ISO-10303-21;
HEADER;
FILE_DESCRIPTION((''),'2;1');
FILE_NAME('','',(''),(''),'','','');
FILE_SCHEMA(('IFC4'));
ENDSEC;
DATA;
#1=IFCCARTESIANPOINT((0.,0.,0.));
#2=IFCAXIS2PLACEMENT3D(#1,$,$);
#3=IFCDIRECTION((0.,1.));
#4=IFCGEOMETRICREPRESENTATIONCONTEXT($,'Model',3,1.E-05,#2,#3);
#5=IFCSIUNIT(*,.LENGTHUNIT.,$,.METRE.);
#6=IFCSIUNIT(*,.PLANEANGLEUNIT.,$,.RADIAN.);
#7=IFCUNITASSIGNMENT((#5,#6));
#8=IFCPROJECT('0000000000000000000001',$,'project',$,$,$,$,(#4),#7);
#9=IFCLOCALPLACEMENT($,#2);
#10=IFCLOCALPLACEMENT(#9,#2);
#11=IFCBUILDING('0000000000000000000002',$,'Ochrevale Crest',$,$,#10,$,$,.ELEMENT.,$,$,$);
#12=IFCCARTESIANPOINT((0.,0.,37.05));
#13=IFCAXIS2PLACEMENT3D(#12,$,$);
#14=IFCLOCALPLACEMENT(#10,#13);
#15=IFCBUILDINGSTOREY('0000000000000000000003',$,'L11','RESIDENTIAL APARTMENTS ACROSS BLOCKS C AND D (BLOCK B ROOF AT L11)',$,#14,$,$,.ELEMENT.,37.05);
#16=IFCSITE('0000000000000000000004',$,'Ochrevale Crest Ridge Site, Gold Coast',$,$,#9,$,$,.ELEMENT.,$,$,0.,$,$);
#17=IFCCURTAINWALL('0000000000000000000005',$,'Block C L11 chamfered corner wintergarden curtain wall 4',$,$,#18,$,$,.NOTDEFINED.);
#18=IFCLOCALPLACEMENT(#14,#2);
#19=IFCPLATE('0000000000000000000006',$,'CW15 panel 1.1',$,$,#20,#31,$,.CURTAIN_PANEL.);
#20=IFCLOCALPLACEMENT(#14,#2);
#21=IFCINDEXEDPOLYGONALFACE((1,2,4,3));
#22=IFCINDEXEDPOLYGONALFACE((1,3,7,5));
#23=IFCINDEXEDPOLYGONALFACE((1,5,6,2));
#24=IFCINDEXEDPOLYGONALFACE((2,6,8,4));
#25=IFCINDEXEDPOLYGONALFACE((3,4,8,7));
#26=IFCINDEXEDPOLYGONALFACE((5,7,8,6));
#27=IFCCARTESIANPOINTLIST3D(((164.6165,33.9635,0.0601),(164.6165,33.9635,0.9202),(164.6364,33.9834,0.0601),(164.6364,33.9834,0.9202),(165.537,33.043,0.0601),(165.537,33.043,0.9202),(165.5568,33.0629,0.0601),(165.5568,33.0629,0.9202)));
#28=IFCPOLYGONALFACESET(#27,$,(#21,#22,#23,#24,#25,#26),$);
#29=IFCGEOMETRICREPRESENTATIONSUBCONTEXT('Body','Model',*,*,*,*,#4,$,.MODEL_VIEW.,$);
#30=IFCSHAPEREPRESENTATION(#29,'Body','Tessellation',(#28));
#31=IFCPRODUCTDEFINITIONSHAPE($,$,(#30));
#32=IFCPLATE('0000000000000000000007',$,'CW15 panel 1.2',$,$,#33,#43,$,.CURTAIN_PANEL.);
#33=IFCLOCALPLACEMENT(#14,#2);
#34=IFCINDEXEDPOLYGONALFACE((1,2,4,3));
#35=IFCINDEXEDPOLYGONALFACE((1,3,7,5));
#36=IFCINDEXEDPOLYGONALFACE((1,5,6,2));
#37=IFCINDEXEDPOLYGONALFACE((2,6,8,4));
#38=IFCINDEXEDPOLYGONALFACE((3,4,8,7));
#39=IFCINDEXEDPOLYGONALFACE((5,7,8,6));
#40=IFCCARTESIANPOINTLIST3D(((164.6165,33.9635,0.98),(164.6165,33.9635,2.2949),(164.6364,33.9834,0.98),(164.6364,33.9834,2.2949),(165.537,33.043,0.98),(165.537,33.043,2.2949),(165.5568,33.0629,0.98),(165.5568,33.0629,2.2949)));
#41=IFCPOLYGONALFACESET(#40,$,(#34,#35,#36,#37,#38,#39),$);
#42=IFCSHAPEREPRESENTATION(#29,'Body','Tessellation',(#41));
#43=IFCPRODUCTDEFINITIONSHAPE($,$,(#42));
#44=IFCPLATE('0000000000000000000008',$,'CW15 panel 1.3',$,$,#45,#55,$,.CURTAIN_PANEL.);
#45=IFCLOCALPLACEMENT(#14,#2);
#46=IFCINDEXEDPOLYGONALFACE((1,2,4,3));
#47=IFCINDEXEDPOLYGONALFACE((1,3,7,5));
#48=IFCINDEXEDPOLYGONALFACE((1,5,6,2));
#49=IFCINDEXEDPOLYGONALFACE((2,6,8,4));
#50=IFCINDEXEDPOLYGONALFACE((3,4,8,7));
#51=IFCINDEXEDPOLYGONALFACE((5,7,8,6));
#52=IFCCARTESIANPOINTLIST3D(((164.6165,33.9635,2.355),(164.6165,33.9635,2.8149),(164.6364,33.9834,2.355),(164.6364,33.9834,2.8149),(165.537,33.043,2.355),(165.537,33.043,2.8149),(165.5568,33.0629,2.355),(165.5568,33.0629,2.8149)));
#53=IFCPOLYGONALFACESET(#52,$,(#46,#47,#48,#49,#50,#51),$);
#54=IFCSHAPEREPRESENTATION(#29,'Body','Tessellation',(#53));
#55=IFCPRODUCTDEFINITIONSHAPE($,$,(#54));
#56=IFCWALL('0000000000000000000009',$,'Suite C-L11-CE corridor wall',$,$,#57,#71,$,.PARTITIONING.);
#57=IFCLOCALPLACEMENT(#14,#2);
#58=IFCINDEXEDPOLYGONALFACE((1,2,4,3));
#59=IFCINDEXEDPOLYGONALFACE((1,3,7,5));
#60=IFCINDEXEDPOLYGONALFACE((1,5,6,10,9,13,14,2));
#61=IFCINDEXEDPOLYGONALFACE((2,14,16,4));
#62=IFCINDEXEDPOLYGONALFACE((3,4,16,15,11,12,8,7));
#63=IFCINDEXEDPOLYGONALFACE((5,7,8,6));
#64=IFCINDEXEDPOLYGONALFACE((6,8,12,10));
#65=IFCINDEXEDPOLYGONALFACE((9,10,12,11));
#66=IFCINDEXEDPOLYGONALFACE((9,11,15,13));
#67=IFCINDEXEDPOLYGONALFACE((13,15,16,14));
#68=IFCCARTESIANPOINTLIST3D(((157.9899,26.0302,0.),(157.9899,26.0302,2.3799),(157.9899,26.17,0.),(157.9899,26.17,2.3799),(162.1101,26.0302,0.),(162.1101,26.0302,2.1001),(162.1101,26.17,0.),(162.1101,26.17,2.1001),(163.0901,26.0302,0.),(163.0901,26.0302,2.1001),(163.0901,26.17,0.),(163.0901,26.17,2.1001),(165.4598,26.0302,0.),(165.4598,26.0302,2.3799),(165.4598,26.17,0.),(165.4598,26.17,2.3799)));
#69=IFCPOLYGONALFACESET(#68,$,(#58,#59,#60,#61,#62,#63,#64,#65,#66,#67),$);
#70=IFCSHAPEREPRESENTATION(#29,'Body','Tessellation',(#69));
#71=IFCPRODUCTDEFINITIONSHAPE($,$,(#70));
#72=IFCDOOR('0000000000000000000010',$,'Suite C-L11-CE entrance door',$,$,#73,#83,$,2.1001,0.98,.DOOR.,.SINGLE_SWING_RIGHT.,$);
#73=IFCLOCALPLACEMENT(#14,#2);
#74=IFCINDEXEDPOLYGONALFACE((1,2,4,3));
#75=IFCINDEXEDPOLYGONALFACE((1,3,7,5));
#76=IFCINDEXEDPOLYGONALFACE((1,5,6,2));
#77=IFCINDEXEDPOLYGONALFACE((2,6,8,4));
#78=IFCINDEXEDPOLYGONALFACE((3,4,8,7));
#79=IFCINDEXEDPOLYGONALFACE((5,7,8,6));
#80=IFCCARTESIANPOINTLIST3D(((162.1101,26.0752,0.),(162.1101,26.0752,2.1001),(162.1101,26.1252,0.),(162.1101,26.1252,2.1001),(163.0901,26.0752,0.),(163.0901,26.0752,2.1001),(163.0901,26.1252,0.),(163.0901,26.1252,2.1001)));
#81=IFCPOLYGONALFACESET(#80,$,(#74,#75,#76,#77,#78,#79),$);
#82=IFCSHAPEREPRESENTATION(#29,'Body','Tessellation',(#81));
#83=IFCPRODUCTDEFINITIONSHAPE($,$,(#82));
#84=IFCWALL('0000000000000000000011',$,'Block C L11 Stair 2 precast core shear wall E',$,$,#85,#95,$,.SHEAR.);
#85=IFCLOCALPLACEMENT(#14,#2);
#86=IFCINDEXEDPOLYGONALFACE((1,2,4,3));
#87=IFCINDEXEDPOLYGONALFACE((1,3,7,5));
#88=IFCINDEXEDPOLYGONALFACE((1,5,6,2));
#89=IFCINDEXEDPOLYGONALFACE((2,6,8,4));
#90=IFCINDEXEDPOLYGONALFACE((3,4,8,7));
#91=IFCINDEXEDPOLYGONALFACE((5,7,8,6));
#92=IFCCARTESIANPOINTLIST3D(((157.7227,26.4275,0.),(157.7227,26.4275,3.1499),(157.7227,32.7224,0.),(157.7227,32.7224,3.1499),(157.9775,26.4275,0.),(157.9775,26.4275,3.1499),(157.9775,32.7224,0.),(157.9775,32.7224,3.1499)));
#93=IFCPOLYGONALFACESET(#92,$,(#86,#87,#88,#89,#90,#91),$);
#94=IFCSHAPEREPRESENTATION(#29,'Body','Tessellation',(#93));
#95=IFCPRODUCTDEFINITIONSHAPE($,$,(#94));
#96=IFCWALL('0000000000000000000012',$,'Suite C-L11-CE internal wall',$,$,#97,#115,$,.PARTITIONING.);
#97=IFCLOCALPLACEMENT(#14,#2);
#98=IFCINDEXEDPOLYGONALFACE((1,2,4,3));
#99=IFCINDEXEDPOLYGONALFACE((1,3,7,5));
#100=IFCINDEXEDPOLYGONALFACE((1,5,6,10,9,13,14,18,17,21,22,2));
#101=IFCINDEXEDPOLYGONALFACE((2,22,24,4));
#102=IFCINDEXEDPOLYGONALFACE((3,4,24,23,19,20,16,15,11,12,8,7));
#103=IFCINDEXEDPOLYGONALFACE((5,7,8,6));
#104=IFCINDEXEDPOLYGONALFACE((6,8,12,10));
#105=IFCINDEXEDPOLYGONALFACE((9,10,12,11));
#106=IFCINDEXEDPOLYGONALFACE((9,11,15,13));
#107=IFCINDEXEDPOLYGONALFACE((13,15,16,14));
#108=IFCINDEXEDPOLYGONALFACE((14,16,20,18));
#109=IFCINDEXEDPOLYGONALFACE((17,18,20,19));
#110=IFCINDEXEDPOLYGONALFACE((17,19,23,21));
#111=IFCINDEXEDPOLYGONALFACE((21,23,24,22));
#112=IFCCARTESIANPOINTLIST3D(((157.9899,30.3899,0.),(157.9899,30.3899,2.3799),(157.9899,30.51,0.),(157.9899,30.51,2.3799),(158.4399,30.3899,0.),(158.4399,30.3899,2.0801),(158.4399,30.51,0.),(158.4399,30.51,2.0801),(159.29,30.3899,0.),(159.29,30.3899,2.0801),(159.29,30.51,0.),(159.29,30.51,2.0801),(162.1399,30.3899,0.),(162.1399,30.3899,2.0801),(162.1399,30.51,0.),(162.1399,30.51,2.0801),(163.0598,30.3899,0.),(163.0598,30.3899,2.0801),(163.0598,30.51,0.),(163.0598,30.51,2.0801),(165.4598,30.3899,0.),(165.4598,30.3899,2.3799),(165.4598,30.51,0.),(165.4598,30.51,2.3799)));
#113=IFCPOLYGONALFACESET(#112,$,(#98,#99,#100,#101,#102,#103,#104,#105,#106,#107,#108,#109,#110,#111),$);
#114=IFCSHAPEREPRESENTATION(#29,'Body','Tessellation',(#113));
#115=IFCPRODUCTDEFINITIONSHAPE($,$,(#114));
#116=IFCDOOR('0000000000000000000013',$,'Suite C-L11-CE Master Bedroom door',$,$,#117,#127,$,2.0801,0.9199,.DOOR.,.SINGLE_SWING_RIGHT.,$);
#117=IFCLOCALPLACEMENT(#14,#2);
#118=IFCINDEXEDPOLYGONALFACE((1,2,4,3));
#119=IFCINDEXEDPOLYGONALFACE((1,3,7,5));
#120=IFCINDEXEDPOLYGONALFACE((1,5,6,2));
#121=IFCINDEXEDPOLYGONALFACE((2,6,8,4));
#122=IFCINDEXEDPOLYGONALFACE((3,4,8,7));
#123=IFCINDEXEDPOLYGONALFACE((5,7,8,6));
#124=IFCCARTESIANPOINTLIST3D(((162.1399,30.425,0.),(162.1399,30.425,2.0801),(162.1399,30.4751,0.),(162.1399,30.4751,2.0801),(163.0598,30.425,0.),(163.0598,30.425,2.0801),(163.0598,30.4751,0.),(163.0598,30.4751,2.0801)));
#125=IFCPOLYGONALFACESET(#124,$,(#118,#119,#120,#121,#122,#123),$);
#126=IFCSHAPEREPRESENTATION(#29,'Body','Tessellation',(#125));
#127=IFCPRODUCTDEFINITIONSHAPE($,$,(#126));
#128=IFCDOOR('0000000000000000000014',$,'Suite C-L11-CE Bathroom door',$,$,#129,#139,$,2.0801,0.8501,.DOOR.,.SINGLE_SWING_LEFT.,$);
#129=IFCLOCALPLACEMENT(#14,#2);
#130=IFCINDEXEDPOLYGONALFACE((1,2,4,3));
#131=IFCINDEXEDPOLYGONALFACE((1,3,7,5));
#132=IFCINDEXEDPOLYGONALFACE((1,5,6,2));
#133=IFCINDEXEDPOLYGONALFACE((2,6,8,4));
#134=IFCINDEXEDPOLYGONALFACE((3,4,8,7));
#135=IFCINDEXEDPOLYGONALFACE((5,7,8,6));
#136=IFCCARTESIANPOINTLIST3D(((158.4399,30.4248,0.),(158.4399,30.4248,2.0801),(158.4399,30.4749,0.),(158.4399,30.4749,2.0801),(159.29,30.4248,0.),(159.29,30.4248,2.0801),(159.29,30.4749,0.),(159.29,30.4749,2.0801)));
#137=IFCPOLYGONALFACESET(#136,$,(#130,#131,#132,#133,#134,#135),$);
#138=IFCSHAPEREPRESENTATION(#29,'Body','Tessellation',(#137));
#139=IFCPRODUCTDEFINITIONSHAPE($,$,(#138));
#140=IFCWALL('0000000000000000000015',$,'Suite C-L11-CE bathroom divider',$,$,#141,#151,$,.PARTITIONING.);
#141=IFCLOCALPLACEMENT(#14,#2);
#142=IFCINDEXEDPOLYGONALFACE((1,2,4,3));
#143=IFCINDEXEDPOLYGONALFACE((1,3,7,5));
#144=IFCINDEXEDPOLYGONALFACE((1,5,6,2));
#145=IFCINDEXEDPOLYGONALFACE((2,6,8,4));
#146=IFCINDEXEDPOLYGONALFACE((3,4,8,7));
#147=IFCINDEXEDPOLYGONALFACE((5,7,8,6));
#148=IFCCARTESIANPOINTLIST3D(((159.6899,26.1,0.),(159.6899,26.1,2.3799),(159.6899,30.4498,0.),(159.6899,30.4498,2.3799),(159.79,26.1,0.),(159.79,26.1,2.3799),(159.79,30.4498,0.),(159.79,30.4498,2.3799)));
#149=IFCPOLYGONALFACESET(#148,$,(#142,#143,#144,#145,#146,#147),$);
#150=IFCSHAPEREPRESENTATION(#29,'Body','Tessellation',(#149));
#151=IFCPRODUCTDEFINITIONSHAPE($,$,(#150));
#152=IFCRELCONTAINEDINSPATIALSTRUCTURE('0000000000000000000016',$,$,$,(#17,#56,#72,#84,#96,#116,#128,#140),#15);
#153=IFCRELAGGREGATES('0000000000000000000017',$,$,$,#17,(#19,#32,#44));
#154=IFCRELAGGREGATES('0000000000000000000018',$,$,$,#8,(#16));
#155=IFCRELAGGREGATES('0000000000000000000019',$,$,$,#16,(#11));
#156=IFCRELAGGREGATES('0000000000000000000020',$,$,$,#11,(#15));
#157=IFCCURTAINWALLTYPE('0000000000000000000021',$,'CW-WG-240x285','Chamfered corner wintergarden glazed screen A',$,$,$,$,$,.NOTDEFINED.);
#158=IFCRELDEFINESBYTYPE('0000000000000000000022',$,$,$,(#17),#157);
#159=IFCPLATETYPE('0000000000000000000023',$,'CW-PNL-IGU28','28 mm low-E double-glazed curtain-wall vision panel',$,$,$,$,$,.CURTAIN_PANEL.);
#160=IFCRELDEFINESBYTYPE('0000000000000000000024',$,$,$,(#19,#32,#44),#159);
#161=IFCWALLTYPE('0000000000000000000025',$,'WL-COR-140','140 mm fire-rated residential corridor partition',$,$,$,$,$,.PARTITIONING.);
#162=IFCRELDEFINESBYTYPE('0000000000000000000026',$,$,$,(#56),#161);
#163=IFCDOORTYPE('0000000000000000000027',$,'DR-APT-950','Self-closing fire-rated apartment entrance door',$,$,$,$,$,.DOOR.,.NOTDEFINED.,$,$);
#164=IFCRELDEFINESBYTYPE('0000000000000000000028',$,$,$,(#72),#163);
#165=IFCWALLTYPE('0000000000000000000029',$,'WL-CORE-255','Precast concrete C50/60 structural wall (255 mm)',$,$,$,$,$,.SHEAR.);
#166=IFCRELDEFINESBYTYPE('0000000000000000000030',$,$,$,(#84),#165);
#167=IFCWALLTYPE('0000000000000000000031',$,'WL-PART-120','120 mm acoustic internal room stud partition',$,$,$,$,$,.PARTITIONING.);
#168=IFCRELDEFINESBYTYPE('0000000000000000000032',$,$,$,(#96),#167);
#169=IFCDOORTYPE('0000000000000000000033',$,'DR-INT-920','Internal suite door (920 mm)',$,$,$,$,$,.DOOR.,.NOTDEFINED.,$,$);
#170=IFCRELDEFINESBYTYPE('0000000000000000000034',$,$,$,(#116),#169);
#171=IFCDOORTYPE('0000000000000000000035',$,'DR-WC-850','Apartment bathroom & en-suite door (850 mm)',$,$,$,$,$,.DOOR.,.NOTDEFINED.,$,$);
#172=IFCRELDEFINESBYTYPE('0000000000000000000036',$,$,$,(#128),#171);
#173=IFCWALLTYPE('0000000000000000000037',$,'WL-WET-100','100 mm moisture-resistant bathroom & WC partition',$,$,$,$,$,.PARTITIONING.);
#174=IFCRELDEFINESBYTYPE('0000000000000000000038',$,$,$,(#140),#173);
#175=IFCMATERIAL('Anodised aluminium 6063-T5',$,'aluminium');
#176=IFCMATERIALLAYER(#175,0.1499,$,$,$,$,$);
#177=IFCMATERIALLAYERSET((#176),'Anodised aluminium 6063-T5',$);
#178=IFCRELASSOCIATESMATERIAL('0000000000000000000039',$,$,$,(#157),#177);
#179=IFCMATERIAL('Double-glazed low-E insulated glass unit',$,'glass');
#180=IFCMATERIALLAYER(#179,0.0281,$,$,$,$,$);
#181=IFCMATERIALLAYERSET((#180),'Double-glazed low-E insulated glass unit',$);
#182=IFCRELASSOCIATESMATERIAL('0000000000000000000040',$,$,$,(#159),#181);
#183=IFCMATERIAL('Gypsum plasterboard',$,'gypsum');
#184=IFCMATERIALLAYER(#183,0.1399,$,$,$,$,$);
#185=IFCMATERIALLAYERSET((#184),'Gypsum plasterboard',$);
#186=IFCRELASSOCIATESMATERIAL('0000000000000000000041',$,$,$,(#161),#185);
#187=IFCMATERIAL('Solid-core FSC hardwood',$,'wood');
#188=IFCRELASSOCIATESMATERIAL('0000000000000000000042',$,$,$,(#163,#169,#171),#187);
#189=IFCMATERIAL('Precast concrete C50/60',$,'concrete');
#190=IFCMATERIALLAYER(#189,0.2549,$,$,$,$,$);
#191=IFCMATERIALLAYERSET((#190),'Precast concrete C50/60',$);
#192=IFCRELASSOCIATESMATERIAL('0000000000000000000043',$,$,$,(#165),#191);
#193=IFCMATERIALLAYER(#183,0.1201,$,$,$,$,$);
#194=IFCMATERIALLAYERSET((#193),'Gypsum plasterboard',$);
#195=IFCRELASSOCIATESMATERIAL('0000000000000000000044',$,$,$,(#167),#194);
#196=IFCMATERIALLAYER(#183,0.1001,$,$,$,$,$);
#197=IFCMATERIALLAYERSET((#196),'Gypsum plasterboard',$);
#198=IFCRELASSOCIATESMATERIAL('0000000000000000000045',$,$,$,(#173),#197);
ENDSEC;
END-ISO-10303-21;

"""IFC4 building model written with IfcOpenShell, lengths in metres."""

from ifc_helpers import new_model, si_unit, direction, frame, frame_2d, origin, origin_2d, place, context, subcontext, project, spatial, rectangle, extrude, material, layer, layer_set, type_object, element, fill, aggregate, save


model = new_model("IFC4")

# Units and contexts
model_context = context("Model", 3, precision=1e-05, world=origin(), true_north=direction((0.0, 1.0)))
body_context = subcontext(model_context, "Body", "Model", "MODEL_VIEW")
ifc_project = project(units=[si_unit("LENGTHUNIT", "METRE"), si_unit("PLANEANGLEUNIT", "RADIAN")], contexts=[model_context])

# Site, building, storey
site_placement = place(None, origin())
site = spatial("IfcSite", under=ifc_project, at=site_placement, Name="Ochrevale Crest Ridge Site, Gold Coast", CompositionType="ELEMENT", RefElevation=0.0)
building_placement = place(site_placement, origin())
building = spatial("IfcBuilding", under=site, at=building_placement, Name="Ochrevale Crest", CompositionType="ELEMENT")
storey_placement = place(building_placement, frame((0.0, 0.0, 37.05)))
storey = spatial("IfcBuildingStorey", under=building, at=storey_placement, Name="L11", Description="RESIDENTIAL APARTMENTS ACROSS BLOCKS C AND D (BLOCK B ROOF AT L11)", CompositionType="ELEMENT", Elevation=37.05)

# Shared definitions
ifc_material_1 = material(Name="Precast concrete C50/60", Category="concrete")

# Curtain wall, plates
ifc_material_2 = material(Name="Anodised aluminium 6063-T5", Category="aluminium")
ifc_layer_1 = layer(ifc_material_2, 0.1499)
ifc_layer_set_1 = layer_set([ifc_layer_1], Name="Anodised aluminium 6063-T5")
curtain_wall_type = type_object("IfcCurtainWallType", Name="CW-WG-240x285", Description="Chamfered corner wintergarden glazed screen A", PredefinedType="NOTDEFINED", material=ifc_layer_set_1)
curtain_wall_placement = place(storey_placement, origin())
curtain_wall = element("IfcCurtainWall", 1, at=curtain_wall_placement, inside=storey, type_object=curtain_wall_type, Name="Block C L11 chamfered corner wintergarden curtain wall 4", PredefinedType="NOTDEFINED")
ifc_material_3 = material(Name="Double-glazed low-E insulated glass unit", Category="glass")
ifc_layer_2 = layer(ifc_material_3, 0.0281)
ifc_layer_set_2 = layer_set([ifc_layer_2], Name="Double-glazed low-E insulated glass unit")
plate_type = type_object("IfcPlateType", Name="CW-PNL-IGU28", Description="28 mm low-E double-glazed curtain-wall vision panel", PredefinedType="CURTAIN_PANEL", material=ifc_layer_set_2)
plate_1_placement = place(storey_placement, frame((165.0867, 33.5132, 0.0601), z_axis=(0.0, 0.0, 1.0), x_axis=(-0.707107, 0.707107, 0.0)))
plate_1 = element("IfcPlate", 2, at=plate_1_placement, type_object=plate_type, Name="CW15 panel 1.1", PredefinedType="CURTAIN_PANEL", context=body_context, shape_type="SweptSolid", body=[
    extrude(rectangle(XDim=1.3018, YDim=0.0281, at=origin_2d()), origin(), (0.0, 0.0, 1.0), 0.8601),
])
plate_2_placement = place(storey_placement, frame((165.0867, 33.5132, 0.98), z_axis=(0.0, 0.0, 1.0), x_axis=(-0.707107, 0.707107, 0.0)))
plate_2 = element("IfcPlate", 3, at=plate_2_placement, type_object=plate_type, Name="CW15 panel 1.2", PredefinedType="CURTAIN_PANEL", context=body_context, shape_type="SweptSolid", body=[
    extrude(rectangle(XDim=1.3018, YDim=0.0281, at=origin_2d()), origin(), (0.0, 0.0, 1.0), 1.3149),
])
plate_3_placement = place(storey_placement, frame((165.0867, 33.5132, 2.355), z_axis=(0.0, 0.0, 1.0), x_axis=(-0.707107, 0.707107, 0.0)))
plate_3 = element("IfcPlate", 4, at=plate_3_placement, type_object=plate_type, Name="CW15 panel 1.3", PredefinedType="CURTAIN_PANEL", context=body_context, shape_type="SweptSolid", body=[
    extrude(rectangle(XDim=1.3018, YDim=0.0281, at=origin_2d()), origin(), (0.0, 0.0, 1.0), 0.46),
])
aggregate(curtain_wall, [plate_1, plate_2, plate_3])

# Wall, opening, door
ifc_material_4 = material(Name="Gypsum plasterboard", Category="gypsum")
ifc_layer_3 = layer(ifc_material_4, 0.1399)
ifc_layer_set_3 = layer_set([ifc_layer_3], Name="Gypsum plasterboard")
wall_type_1 = type_object("IfcWallType", Name="WL-COR-140", Description="140 mm fire-rated residential corridor partition", PredefinedType="PARTITIONING", material=ifc_layer_set_3)
wall_1_placement = place(storey_placement, frame((157.99, 26.1001, 0.0), z_axis=(0.0, 0.0, 1.0), x_axis=(1.0, 0.0, 0.0)))
wall_1 = element("IfcWall", 5, at=wall_1_placement, inside=storey, type_object=wall_type_1, Name="Suite C-L11-CE corridor wall", PredefinedType="PARTITIONING", context=body_context, shape_type="SweptSolid", body=[
    extrude(rectangle(XDim=7.47, YDim=0.1399, at=frame_2d((3.7349, 0.0))), origin(), (0.0, 0.0, 1.0), 2.3799),
])
opening_1_placement = place(wall_1_placement, frame((5.1001, 0.0, 0.0), z_axis=(0.0, 0.0, 1.0), x_axis=(-1.0, 0.0, 0.0)))
opening_1 = element("IfcOpeningElement", 6, at=opening_1_placement, cuts=wall_1, PredefinedType="OPENING", context=body_context, shape_type="SweptSolid", body=[
    extrude(rectangle(XDim=0.98, YDim=2.1001, at=frame_2d((0.49, 1.05))), frame((0.0, 0.0801, 0.0), z_axis=(0.0, -1.0, 0.0), x_axis=(1.0, 0.0, 0.0)), (0.0, 0.0, 1.0), 0.1599),
])
ifc_material_5 = material(Name="Solid-core FSC hardwood", Category="wood")
door_type_1 = type_object("IfcDoorType", Name="DR-APT-950", Description="Self-closing fire-rated apartment entrance door", OperationType="NOTDEFINED", PredefinedType="DOOR", material=ifc_material_5)
door_1_placement = place(opening_1_placement, origin())
door_1 = element("IfcDoor", 7, at=door_1_placement, inside=storey, type_object=door_type_1, Name="Suite C-L11-CE entrance door", OperationType="SINGLE_SWING_RIGHT", OverallHeight=2.1001, OverallWidth=0.98, PredefinedType="DOOR", context=body_context, shape_type="SweptSolid", body=[
    extrude(rectangle(XDim=0.98, YDim=2.1001, at=frame_2d((0.49, 1.05))), frame((0.0, 0.0249, 0.0), z_axis=(0.0, -1.0, 0.0), x_axis=(1.0, 0.0, 0.0)), (0.0, 0.0, 1.0), 0.05),
])
fill(opening_1, door_1)

# Wall
ifc_layer_4 = layer(ifc_material_1, 0.2549)
ifc_layer_set_4 = layer_set([ifc_layer_4], Name="Precast concrete C50/60")
wall_type_2 = type_object("IfcWallType", Name="WL-CORE-255", Description="Precast concrete C50/60 structural wall (255 mm)", PredefinedType="SHEAR", material=ifc_layer_set_4)
wall_2_placement = place(storey_placement, frame((157.8501, 26.4275, 0.0), z_axis=(0.0, 0.0, 1.0), x_axis=(0.0, 1.0, 0.0)))
element("IfcWall", 8, at=wall_2_placement, inside=storey, type_object=wall_type_2, Name="Block C L11 Stair 2 precast core shear wall E", PredefinedType="SHEAR", context=body_context, shape_type="SweptSolid", body=[
    extrude(rectangle(XDim=6.2949, YDim=0.2549, at=frame_2d((3.1475, 0.0))), origin(), (0.0, 0.0, 1.0), 3.1499),
])

# Wall, openings, doors
ifc_layer_5 = layer(ifc_material_4, 0.1201)
ifc_layer_set_5 = layer_set([ifc_layer_5], Name="Gypsum plasterboard")
wall_type_3 = type_object("IfcWallType", Name="WL-PART-120", Description="120 mm acoustic internal room stud partition", PredefinedType="PARTITIONING", material=ifc_layer_set_5)
wall_3_placement = place(storey_placement, frame((157.99, 30.45, 0.0), z_axis=(0.0, 0.0, 1.0), x_axis=(1.0, 0.0, 0.0)))
wall_3 = element("IfcWall", 9, at=wall_3_placement, inside=storey, type_object=wall_type_3, Name="Suite C-L11-CE internal wall", PredefinedType="PARTITIONING", context=body_context, shape_type="SweptSolid", body=[
    extrude(rectangle(XDim=7.47, YDim=0.1201, at=frame_2d((3.7349, 0.0))), origin(), (0.0, 0.0, 1.0), 2.3799),
])
opening_2_placement = place(wall_3_placement, frame((0.45, 0.0, 0.0)))
opening_2 = element("IfcOpeningElement", 10, at=opening_2_placement, cuts=wall_3, PredefinedType="OPENING", context=body_context, shape_type="SweptSolid", body=[
    extrude(rectangle(XDim=0.8501, YDim=2.0801, at=frame_2d((0.425, 1.04))), frame((0.0, 0.0701, 0.0), z_axis=(0.0, -1.0, 0.0), x_axis=(1.0, 0.0, 0.0)), (0.0, 0.0, 1.0), 0.1401),
])
opening_3_placement = place(wall_3_placement, frame((5.0698, 0.0, 0.0), z_axis=(0.0, 0.0, 1.0), x_axis=(-1.0, 0.0, 0.0)))
opening_3 = element("IfcOpeningElement", 11, at=opening_3_placement, cuts=wall_3, PredefinedType="OPENING", context=body_context, shape_type="SweptSolid", body=[
    extrude(rectangle(XDim=0.9199, YDim=2.0801, at=frame_2d((0.46, 1.04))), frame((0.0, 0.0701, 0.0), z_axis=(0.0, -1.0, 0.0), x_axis=(1.0, 0.0, 0.0)), (0.0, 0.0, 1.0), 0.1401),
])
door_type_2 = type_object("IfcDoorType", Name="DR-INT-920", Description="Internal suite door (920 mm)", OperationType="NOTDEFINED", PredefinedType="DOOR", material=ifc_material_5)
door_2_placement = place(opening_3_placement, origin())
door_2 = element("IfcDoor", 12, at=door_2_placement, inside=storey, type_object=door_type_2, Name="Suite C-L11-CE Master Bedroom door", OperationType="SINGLE_SWING_RIGHT", OverallHeight=2.0801, OverallWidth=0.9199, PredefinedType="DOOR", context=body_context, shape_type="SweptSolid", body=[
    extrude(rectangle(XDim=0.9199, YDim=2.0801, at=frame_2d((0.46, 1.04))), frame((0.0, 0.0249, 0.0), z_axis=(0.0, -1.0, 0.0), x_axis=(1.0, 0.0, 0.0)), (0.0, 0.0, 1.0), 0.05),
])
fill(opening_3, door_2)
door_type_3 = type_object("IfcDoorType", Name="DR-WC-850", Description="Apartment bathroom & en-suite door (850 mm)", OperationType="NOTDEFINED", PredefinedType="DOOR", material=ifc_material_5)
door_3_placement = place(opening_2_placement, origin())
door_3 = element("IfcDoor", 13, at=door_3_placement, inside=storey, type_object=door_type_3, Name="Suite C-L11-CE Bathroom door", OperationType="SINGLE_SWING_LEFT", OverallHeight=2.0801, OverallWidth=0.8501, PredefinedType="DOOR", context=body_context, shape_type="SweptSolid", body=[
    extrude(rectangle(XDim=0.8501, YDim=2.0801, at=frame_2d((0.425, 1.04))), frame((0.0, 0.0249, 0.0), z_axis=(0.0, -1.0, 0.0), x_axis=(1.0, 0.0, 0.0)), (0.0, 0.0, 1.0), 0.05),
])
fill(opening_2, door_3)

# Wall
ifc_layer_6 = layer(ifc_material_4, 0.1001)
ifc_layer_set_6 = layer_set([ifc_layer_6], Name="Gypsum plasterboard")
wall_type_4 = type_object("IfcWallType", Name="WL-WET-100", Description="100 mm moisture-resistant bathroom & WC partition", PredefinedType="PARTITIONING", material=ifc_layer_set_6)
wall_4_placement = place(storey_placement, frame((159.74, 26.1001, 0.0), z_axis=(0.0, 0.0, 1.0), x_axis=(0.0, 1.0, 0.0)))
element("IfcWall", 14, at=wall_4_placement, inside=storey, type_object=wall_type_4, Name="Suite C-L11-CE bathroom divider", PredefinedType="PARTITIONING", context=body_context, shape_type="SweptSolid", body=[
    extrude(rectangle(XDim=4.3499, YDim=0.1001, at=frame_2d((2.1748, 0.0))), origin(), (0.0, 0.0, 1.0), 2.3799),
])

save(model, "model.ifc")
